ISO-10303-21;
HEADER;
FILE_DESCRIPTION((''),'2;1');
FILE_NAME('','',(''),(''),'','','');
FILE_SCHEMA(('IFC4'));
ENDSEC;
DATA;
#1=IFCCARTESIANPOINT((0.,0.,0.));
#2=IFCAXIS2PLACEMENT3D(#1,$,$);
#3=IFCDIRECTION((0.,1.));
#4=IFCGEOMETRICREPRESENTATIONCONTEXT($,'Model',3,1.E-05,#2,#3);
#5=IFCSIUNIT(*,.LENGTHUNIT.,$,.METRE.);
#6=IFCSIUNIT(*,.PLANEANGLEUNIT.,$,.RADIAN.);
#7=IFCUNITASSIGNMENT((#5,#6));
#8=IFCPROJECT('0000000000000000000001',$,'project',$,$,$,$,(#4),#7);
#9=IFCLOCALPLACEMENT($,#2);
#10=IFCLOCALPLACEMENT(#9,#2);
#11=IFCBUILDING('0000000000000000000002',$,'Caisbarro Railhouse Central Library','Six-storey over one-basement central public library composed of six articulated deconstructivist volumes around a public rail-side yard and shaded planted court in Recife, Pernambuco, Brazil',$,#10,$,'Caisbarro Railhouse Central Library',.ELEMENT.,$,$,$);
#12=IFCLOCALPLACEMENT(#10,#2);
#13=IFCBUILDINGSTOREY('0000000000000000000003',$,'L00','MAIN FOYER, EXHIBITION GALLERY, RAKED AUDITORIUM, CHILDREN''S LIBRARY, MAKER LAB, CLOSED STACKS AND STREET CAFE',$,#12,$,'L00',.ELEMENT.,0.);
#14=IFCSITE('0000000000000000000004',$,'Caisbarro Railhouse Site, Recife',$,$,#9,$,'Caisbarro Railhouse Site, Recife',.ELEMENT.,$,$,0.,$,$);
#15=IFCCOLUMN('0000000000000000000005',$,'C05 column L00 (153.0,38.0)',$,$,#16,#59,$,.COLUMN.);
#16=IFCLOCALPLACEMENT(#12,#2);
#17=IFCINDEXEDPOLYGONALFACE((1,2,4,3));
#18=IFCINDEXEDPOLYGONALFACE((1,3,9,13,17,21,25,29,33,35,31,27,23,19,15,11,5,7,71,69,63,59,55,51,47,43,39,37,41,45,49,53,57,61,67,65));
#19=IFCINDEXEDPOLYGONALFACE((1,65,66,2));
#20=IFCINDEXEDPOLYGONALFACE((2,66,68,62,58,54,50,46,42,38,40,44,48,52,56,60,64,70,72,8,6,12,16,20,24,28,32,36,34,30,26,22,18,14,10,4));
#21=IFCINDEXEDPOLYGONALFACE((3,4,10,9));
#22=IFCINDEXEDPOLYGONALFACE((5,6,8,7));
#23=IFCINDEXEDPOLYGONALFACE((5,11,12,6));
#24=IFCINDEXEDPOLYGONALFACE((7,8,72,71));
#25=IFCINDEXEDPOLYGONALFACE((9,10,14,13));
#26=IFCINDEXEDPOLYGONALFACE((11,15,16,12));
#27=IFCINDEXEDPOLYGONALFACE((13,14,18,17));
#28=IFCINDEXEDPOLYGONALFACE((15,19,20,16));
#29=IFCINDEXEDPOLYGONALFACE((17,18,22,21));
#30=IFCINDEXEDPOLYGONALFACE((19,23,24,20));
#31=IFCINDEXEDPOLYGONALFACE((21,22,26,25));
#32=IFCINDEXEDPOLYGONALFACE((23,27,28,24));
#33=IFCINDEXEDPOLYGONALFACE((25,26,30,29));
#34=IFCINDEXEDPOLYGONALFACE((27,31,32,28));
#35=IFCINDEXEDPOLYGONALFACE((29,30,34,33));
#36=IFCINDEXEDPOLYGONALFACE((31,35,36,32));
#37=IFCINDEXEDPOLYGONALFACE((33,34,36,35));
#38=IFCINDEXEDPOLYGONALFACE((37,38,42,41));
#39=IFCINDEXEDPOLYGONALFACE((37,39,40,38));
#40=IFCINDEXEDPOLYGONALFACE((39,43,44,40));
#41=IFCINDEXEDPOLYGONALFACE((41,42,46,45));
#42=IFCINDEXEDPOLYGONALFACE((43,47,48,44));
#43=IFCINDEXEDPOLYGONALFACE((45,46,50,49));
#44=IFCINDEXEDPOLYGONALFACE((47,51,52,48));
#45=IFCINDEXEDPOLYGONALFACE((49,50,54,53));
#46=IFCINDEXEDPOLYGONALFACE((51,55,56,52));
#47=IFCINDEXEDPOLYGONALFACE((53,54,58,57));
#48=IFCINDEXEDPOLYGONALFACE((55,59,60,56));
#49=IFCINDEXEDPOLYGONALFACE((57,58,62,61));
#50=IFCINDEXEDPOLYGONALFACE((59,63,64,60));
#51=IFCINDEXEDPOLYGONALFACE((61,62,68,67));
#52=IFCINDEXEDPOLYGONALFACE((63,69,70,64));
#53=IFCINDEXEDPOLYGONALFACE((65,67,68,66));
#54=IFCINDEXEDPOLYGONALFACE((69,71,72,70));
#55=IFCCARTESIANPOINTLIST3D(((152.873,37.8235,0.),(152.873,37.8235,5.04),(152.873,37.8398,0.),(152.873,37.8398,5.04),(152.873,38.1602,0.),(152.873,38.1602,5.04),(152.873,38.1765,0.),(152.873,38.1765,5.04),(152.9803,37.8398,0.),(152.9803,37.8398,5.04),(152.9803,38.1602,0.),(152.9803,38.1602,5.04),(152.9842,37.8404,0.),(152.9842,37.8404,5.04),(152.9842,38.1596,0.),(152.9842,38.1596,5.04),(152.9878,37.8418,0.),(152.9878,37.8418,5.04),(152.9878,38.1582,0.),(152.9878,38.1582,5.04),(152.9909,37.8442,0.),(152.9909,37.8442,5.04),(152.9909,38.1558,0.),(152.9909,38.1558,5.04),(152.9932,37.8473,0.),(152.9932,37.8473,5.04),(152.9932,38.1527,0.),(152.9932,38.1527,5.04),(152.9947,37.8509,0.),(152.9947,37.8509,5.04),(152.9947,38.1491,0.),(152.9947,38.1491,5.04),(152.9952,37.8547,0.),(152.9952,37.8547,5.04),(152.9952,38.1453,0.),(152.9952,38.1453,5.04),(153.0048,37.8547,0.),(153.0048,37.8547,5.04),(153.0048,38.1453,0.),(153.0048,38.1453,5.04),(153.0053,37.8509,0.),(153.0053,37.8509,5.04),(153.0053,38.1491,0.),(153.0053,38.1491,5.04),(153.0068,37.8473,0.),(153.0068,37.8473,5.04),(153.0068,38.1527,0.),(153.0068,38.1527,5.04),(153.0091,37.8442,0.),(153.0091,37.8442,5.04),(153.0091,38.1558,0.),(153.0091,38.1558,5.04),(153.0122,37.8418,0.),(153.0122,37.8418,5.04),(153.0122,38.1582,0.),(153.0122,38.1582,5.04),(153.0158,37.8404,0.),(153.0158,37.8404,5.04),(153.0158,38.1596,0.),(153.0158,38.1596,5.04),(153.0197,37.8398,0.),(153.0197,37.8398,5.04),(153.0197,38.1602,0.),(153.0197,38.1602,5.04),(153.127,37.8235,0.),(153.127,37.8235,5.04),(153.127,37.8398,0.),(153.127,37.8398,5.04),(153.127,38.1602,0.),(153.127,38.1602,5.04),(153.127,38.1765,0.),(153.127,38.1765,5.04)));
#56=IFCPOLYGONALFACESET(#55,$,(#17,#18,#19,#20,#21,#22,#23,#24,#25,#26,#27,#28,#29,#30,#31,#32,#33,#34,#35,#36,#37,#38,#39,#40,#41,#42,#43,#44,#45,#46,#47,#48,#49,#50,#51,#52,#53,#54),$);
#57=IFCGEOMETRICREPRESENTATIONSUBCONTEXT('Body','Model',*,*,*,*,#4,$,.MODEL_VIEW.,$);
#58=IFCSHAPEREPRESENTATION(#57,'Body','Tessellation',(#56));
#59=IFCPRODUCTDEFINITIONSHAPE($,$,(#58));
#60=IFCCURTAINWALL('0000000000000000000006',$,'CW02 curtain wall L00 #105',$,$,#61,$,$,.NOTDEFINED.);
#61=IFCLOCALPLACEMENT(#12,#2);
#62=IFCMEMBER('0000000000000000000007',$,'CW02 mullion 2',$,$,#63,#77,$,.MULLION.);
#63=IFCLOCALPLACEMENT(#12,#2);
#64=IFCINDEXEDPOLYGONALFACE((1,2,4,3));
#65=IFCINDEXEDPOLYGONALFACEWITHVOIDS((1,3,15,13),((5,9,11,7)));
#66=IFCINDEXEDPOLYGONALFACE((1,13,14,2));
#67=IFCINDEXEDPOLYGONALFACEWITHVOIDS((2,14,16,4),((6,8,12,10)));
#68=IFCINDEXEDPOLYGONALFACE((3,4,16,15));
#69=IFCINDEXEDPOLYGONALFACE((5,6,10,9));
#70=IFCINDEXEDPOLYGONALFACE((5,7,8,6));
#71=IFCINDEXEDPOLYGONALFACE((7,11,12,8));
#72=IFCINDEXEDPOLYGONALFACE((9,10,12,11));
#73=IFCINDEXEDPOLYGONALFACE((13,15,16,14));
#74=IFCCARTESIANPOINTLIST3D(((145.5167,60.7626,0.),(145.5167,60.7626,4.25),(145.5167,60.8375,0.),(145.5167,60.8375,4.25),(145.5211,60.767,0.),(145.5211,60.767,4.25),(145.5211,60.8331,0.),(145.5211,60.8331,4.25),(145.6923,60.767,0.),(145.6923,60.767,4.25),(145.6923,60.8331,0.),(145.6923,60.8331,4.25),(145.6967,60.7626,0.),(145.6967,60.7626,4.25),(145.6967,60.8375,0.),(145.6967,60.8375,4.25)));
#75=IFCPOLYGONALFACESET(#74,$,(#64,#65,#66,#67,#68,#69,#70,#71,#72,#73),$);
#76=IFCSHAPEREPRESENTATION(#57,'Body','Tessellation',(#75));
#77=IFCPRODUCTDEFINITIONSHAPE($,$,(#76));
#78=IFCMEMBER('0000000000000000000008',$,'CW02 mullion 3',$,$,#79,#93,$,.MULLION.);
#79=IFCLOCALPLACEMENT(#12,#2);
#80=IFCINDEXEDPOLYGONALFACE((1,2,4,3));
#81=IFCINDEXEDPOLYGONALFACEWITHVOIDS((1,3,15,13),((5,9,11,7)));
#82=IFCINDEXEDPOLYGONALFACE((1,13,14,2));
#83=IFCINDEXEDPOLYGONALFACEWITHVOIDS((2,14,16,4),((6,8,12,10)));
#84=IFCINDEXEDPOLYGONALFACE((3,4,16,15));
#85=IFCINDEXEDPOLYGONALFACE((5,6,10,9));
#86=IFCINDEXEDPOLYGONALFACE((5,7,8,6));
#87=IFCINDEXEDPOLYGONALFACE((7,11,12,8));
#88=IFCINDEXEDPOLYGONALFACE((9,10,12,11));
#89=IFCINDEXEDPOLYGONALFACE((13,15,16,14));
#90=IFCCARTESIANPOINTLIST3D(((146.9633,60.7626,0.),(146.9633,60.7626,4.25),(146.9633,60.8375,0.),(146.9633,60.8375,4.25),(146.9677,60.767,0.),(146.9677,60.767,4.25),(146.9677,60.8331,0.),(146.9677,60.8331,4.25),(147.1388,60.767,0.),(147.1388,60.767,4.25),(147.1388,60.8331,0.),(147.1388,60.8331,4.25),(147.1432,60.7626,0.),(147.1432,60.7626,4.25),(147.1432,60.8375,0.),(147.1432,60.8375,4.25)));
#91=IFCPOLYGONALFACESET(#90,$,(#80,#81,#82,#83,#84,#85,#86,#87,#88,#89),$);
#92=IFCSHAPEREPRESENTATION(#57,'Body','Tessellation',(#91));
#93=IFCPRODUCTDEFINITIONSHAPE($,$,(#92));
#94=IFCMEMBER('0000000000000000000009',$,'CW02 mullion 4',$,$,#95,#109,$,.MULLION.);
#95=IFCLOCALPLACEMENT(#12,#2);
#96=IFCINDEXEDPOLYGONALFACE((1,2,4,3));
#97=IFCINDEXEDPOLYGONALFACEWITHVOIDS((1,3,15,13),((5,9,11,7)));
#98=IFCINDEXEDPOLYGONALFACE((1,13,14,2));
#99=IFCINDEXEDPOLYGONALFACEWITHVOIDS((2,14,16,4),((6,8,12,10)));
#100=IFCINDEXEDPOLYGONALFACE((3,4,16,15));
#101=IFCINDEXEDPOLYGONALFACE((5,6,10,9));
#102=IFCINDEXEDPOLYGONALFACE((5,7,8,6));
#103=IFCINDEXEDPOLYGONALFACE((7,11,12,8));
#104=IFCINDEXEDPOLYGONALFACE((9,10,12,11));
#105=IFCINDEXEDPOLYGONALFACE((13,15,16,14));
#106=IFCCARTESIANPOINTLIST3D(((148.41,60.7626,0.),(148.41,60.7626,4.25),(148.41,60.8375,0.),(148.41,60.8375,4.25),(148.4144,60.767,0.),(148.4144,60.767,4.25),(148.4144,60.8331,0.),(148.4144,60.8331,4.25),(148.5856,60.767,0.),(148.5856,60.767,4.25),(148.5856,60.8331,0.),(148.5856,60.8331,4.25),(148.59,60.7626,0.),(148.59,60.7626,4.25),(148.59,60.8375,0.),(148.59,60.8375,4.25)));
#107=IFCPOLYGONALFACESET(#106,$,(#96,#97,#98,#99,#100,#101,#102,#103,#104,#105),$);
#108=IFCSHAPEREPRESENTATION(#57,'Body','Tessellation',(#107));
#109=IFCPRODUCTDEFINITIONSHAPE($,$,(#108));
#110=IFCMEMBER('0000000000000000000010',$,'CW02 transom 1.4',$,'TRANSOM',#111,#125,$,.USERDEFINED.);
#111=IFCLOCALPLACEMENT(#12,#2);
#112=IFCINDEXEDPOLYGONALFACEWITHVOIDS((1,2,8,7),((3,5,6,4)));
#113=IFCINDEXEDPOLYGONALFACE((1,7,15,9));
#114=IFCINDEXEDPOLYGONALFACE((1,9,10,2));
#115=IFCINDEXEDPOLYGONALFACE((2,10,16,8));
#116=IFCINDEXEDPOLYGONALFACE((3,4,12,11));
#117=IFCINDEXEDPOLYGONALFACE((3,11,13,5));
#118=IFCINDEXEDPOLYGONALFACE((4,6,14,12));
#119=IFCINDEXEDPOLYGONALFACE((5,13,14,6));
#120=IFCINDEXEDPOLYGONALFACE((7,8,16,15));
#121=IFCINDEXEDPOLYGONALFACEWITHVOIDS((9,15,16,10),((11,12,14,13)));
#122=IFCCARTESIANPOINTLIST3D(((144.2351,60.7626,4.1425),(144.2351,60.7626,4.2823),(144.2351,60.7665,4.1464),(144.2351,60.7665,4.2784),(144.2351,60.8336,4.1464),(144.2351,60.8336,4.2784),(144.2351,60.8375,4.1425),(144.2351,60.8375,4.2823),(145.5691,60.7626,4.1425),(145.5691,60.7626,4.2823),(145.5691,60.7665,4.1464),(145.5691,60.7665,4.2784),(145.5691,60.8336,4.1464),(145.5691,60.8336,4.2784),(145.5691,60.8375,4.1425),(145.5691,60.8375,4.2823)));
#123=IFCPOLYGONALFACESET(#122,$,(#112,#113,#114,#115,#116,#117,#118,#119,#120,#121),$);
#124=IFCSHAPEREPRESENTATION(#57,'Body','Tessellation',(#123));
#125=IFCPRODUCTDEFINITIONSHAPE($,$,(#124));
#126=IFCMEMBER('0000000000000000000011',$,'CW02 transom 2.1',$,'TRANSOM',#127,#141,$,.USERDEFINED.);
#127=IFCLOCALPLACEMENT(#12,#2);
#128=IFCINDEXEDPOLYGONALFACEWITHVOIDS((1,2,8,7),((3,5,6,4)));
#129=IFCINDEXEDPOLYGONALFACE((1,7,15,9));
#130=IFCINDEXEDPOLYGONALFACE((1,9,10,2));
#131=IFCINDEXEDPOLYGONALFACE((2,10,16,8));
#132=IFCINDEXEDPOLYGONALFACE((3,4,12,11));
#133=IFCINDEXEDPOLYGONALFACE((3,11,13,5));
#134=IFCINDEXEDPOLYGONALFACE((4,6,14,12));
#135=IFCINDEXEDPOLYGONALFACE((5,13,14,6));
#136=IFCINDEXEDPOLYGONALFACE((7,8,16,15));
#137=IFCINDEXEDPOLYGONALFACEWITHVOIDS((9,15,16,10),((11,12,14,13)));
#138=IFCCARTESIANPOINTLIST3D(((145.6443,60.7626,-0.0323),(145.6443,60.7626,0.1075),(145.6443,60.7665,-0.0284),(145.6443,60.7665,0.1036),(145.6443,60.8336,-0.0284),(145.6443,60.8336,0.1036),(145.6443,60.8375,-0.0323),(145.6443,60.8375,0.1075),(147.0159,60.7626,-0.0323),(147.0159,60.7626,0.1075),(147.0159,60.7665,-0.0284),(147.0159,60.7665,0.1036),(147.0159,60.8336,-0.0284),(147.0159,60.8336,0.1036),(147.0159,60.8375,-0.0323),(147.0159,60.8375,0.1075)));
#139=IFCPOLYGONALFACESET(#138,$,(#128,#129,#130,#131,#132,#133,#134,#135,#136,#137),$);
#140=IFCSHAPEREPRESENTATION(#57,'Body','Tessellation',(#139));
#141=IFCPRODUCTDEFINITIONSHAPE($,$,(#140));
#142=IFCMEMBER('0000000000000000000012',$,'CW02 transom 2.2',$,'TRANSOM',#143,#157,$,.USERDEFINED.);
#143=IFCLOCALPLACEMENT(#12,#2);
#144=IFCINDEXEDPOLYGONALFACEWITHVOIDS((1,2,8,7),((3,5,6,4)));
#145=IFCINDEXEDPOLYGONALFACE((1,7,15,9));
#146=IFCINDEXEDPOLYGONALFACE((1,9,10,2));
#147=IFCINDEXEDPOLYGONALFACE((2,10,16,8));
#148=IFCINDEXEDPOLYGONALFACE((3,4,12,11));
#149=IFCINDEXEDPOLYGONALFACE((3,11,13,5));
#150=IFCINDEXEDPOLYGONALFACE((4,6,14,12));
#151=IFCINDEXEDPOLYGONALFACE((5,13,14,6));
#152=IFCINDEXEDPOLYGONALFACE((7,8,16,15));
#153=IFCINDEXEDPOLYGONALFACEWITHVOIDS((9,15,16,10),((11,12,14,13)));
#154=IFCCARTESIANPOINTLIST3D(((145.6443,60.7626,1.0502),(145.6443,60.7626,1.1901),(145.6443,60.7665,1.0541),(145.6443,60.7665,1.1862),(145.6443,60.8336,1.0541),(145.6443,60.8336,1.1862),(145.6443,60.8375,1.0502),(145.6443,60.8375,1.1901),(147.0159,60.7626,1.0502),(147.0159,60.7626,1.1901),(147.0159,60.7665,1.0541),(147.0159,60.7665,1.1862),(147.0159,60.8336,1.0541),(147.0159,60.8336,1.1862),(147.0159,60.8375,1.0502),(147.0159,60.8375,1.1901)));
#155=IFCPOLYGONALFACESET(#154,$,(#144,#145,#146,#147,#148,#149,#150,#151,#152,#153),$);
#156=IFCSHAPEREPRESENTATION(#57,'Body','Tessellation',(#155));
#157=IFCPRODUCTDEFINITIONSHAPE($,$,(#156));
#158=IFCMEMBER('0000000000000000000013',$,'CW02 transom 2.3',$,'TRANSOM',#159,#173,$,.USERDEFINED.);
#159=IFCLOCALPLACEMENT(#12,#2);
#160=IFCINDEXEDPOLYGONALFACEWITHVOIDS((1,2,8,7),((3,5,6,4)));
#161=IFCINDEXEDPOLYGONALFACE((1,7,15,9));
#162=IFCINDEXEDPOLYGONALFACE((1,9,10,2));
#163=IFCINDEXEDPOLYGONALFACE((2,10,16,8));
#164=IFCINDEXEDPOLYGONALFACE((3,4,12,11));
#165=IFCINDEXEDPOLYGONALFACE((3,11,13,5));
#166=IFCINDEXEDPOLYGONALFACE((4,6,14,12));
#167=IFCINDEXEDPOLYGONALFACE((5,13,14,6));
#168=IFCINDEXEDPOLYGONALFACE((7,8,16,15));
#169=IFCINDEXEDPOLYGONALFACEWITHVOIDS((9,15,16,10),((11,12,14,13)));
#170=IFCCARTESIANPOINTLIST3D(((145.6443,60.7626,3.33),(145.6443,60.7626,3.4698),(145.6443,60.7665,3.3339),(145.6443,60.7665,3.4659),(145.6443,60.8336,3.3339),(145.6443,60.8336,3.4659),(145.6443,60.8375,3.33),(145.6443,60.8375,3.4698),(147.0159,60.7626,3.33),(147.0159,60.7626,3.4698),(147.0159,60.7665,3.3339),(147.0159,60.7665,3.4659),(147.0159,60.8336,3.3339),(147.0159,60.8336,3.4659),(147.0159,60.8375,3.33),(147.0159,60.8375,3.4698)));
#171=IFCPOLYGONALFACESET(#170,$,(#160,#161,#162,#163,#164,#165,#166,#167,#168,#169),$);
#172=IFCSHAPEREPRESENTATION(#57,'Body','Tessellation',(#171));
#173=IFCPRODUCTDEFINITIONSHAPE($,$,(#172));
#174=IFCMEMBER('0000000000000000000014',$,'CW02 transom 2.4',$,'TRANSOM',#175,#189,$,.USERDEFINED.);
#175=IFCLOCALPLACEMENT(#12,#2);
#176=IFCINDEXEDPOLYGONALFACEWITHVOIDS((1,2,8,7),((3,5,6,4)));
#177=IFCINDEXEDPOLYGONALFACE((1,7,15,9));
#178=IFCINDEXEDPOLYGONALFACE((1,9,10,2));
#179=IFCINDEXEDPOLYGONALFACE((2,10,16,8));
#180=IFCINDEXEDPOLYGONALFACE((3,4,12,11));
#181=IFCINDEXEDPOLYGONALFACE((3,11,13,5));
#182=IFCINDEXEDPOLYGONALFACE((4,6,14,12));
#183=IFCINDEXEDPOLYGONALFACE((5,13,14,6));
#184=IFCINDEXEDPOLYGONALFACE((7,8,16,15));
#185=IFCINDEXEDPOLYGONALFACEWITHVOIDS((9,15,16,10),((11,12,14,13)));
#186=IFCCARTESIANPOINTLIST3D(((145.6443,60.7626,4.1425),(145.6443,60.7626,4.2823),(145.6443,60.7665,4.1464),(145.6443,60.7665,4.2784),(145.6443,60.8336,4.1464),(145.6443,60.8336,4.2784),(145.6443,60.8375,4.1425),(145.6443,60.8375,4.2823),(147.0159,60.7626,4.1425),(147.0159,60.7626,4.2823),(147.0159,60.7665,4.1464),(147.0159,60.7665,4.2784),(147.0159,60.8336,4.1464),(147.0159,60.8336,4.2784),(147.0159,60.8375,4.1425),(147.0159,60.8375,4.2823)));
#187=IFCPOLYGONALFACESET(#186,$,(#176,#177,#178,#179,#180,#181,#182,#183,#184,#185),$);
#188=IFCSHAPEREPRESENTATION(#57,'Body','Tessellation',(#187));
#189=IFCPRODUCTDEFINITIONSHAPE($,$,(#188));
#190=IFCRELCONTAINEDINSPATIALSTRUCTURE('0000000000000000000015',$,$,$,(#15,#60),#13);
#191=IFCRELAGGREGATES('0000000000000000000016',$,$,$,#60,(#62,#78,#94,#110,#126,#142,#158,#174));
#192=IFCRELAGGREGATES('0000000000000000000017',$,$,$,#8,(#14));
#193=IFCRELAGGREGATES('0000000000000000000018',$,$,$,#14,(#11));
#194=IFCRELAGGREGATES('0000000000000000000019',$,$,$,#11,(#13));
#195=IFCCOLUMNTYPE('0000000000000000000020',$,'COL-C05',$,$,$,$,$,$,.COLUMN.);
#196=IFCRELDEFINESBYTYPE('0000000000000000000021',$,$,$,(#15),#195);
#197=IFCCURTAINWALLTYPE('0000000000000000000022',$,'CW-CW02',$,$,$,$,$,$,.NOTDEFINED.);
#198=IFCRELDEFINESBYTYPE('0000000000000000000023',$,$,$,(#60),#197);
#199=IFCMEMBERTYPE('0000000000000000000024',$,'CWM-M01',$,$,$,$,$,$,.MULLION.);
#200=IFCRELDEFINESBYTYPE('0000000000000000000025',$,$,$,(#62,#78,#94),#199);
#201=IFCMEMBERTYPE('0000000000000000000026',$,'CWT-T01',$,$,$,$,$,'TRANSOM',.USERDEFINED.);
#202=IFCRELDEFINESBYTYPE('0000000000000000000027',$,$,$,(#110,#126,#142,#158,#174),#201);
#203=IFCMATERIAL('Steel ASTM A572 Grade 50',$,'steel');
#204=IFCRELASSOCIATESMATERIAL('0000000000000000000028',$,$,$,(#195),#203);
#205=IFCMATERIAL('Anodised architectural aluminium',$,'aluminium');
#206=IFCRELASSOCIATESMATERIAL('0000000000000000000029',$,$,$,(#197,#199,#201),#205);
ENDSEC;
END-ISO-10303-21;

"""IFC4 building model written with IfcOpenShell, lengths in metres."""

from ifc_helpers import new_model, si_unit, direction, frame, origin, origin_2d, place, context, subcontext, project, spatial, hollow_rectangle, i_section, extrude, material, material_profile, profile_set, type_object, element, aggregate, save


model = new_model("IFC4")

# Units and contexts
model_context = context("Model", 3, precision=1e-05, world=origin(), true_north=direction((0.0, 1.0)))
body_context = subcontext(model_context, "Body", "Model", "MODEL_VIEW")
ifc_project = project(units=[si_unit("LENGTHUNIT", "METRE"), si_unit("PLANEANGLEUNIT", "RADIAN")], contexts=[model_context])

# Site, building, storey
site_placement = place(None, origin())
site = spatial("IfcSite", under=ifc_project, at=site_placement, Name="Caisbarro Railhouse Site, Recife", LongName="Caisbarro Railhouse Site, Recife", CompositionType="ELEMENT", RefElevation=0.0)
building_placement = place(site_placement, origin())
building = spatial("IfcBuilding", under=site, at=building_placement, Name="Caisbarro Railhouse Central Library", Description="Six-storey over one-basement central public library composed of six articulated deconstructivist volumes around a public rail-side yard and shaded planted court in Recife, Pernambuco, Brazil", LongName="Caisbarro Railhouse Central Library", CompositionType="ELEMENT")
storey_placement = place(building_placement, origin())
storey = spatial("IfcBuildingStorey", under=building, at=storey_placement, Name="L00", Description="MAIN FOYER, EXHIBITION GALLERY, RAKED AUDITORIUM, CHILDREN'S LIBRARY, MAKER LAB, CLOSED STACKS AND STREET CAFE", LongName="L00", CompositionType="ELEMENT", Elevation=0.0)

# Column
ifc_material_1 = material(Name="Steel ASTM A572 Grade 50", Category="steel")
ifc_material_profile_1 = material_profile(ifc_material_1, i_section(OverallWidth=0.2539, OverallDepth=0.353, WebThickness=0.0095, FlangeThickness=0.0164, FilletRadius=0.0149, at=origin_2d()), Name="W360X91.0")
ifc_profile_set_1 = profile_set([ifc_material_profile_1], Name="Steel ASTM A572 Grade 50")
column_type = type_object("IfcColumnType", Name="COL-C05", PredefinedType="COLUMN", material=ifc_profile_set_1)
column_placement = place(storey_placement, frame((153.0, 38.0, 0.0), z_axis=(0.0, 0.0, 1.0), x_axis=(1.0, 0.0, 0.0)))
element("IfcColumn", 1, at=column_placement, inside=storey, type_object=column_type, Name="C05 column L00 (153.0,38.0)", PredefinedType="COLUMN", context=body_context, shape_type="SweptSolid", body=[
    extrude(i_section(OverallWidth=0.2539, OverallDepth=0.353, WebThickness=0.0095, FlangeThickness=0.0164, FilletRadius=0.0149, at=origin_2d()), origin(), (0.0, 0.0, 1.0), 5.04),
])

# Curtain wall, members
ifc_material_2 = material(Name="Anodised architectural aluminium", Category="aluminium")
curtain_wall_type = type_object("IfcCurtainWallType", Name="CW-CW02", PredefinedType="NOTDEFINED", material=ifc_material_2)
curtain_wall_placement = place(storey_placement, origin())
curtain_wall = element("IfcCurtainWall", 2, at=curtain_wall_placement, inside=storey, type_object=curtain_wall_type, Name="CW02 curtain wall L00 #105", PredefinedType="NOTDEFINED")
ifc_material_profile_2 = material_profile(ifc_material_2, hollow_rectangle(XDim=0.075, YDim=0.1799, WallThickness=0.0044, at=origin_2d()), Name="ALU-MUL-75X180")
ifc_profile_set_2 = profile_set([ifc_material_profile_2], Name="Anodised architectural aluminium")
member_type_1 = type_object("IfcMemberType", Name="CWM-M01", PredefinedType="MULLION", material=ifc_profile_set_2)
member_1_placement = place(storey_placement, frame((145.6067, 60.8, 0.0), z_axis=(0.0, 0.0, 1.0), x_axis=(0.0, 1.0, 0.0)))
member_1 = element("IfcMember", 3, at=member_1_placement, type_object=member_type_1, Name="CW02 mullion 2", PredefinedType="MULLION", context=body_context, shape_type="SweptSolid", body=[
    extrude(hollow_rectangle(XDim=0.075, YDim=0.1799, WallThickness=0.0044, at=origin_2d()), origin(), (0.0, 0.0, 1.0), 4.25),
])
member_2_placement = place(storey_placement, frame((147.0532, 60.8, 0.0), z_axis=(0.0, 0.0, 1.0), x_axis=(0.0, 1.0, 0.0)))
member_2 = element("IfcMember", 4, at=member_2_placement, type_object=member_type_1, Name="CW02 mullion 3", PredefinedType="MULLION", context=body_context, shape_type="SweptSolid", body=[
    extrude(hollow_rectangle(XDim=0.075, YDim=0.1799, WallThickness=0.0044, at=origin_2d()), origin(), (0.0, 0.0, 1.0), 4.25),
])
member_3_placement = place(storey_placement, frame((148.5, 60.8, 0.0), z_axis=(0.0, 0.0, 1.0), x_axis=(0.0, 1.0, 0.0)))
member_3 = element("IfcMember", 5, at=member_3_placement, type_object=member_type_1, Name="CW02 mullion 4", PredefinedType="MULLION", context=body_context, shape_type="SweptSolid", body=[
    extrude(hollow_rectangle(XDim=0.075, YDim=0.1799, WallThickness=0.0044, at=origin_2d()), origin(), (0.0, 0.0, 1.0), 4.25),
])
ifc_material_profile_3 = material_profile(ifc_material_2, hollow_rectangle(XDim=0.075, YDim=0.1399, WallThickness=0.0039, at=origin_2d()), Name="ALU-TRN-75X140")
ifc_profile_set_3 = profile_set([ifc_material_profile_3], Name="Anodised architectural aluminium")
member_type_2 = type_object("IfcMemberType", Name="CWT-T01", ElementType="TRANSOM", PredefinedType="USERDEFINED", material=ifc_profile_set_3)
member_4_placement = place(storey_placement, frame((144.2351, 60.8, 4.2124), z_axis=(1.0, 0.0, 0.0), x_axis=(0.0, 1.0, 0.0)))
member_4 = element("IfcMember", 6, at=member_4_placement, type_object=member_type_2, Name="CW02 transom 1.4", ObjectType="TRANSOM", PredefinedType="USERDEFINED", context=body_context, shape_type="SweptSolid", body=[
    extrude(hollow_rectangle(XDim=0.075, YDim=0.1399, WallThickness=0.0039, at=origin_2d()), origin(), (0.0, 0.0, 1.0), 1.334),
])
member_5_placement = place(storey_placement, frame((145.6443, 60.8, 0.0376), z_axis=(1.0, 0.0, 0.0), x_axis=(0.0, 1.0, 0.0)))
member_5 = element("IfcMember", 7, at=member_5_placement, type_object=member_type_2, Name="CW02 transom 2.1", ObjectType="TRANSOM", PredefinedType="USERDEFINED", context=body_context, shape_type="SweptSolid", body=[
    extrude(hollow_rectangle(XDim=0.075, YDim=0.1399, WallThickness=0.0039, at=origin_2d()), origin(), (0.0, 0.0, 1.0), 1.3716),
])
member_6_placement = place(storey_placement, frame((145.6443, 60.8, 1.1201), z_axis=(1.0, 0.0, 0.0), x_axis=(0.0, 1.0, 0.0)))
member_6 = element("IfcMember", 8, at=member_6_placement, type_object=member_type_2, Name="CW02 transom 2.2", ObjectType="TRANSOM", PredefinedType="USERDEFINED", context=body_context, shape_type="SweptSolid", body=[
    extrude(hollow_rectangle(XDim=0.075, YDim=0.1399, WallThickness=0.0039, at=origin_2d()), origin(), (0.0, 0.0, 1.0), 1.3716),
])
member_7_placement = place(storey_placement, frame((145.6443, 60.8, 3.3999), z_axis=(1.0, 0.0, 0.0), x_axis=(0.0, 1.0, 0.0)))
member_7 = element("IfcMember", 9, at=member_7_placement, type_object=member_type_2, Name="CW02 transom 2.3", ObjectType="TRANSOM", PredefinedType="USERDEFINED", context=body_context, shape_type="SweptSolid", body=[
    extrude(hollow_rectangle(XDim=0.075, YDim=0.1399, WallThickness=0.0039, at=origin_2d()), origin(), (0.0, 0.0, 1.0), 1.3716),
])
member_8_placement = place(storey_placement, frame((145.6443, 60.8, 4.2124), z_axis=(1.0, 0.0, 0.0), x_axis=(0.0, 1.0, 0.0)))
member_8 = element("IfcMember", 10, at=member_8_placement, type_object=member_type_2, Name="CW02 transom 2.4", ObjectType="TRANSOM", PredefinedType="USERDEFINED", context=body_context, shape_type="SweptSolid", body=[
    extrude(hollow_rectangle(XDim=0.075, YDim=0.1399, WallThickness=0.0039, at=origin_2d()), origin(), (0.0, 0.0, 1.0), 1.3716),
])
aggregate(curtain_wall, [member_1, member_2, member_3, member_4, member_5, member_6, member_7, member_8])

save(model, "model.ifc")
